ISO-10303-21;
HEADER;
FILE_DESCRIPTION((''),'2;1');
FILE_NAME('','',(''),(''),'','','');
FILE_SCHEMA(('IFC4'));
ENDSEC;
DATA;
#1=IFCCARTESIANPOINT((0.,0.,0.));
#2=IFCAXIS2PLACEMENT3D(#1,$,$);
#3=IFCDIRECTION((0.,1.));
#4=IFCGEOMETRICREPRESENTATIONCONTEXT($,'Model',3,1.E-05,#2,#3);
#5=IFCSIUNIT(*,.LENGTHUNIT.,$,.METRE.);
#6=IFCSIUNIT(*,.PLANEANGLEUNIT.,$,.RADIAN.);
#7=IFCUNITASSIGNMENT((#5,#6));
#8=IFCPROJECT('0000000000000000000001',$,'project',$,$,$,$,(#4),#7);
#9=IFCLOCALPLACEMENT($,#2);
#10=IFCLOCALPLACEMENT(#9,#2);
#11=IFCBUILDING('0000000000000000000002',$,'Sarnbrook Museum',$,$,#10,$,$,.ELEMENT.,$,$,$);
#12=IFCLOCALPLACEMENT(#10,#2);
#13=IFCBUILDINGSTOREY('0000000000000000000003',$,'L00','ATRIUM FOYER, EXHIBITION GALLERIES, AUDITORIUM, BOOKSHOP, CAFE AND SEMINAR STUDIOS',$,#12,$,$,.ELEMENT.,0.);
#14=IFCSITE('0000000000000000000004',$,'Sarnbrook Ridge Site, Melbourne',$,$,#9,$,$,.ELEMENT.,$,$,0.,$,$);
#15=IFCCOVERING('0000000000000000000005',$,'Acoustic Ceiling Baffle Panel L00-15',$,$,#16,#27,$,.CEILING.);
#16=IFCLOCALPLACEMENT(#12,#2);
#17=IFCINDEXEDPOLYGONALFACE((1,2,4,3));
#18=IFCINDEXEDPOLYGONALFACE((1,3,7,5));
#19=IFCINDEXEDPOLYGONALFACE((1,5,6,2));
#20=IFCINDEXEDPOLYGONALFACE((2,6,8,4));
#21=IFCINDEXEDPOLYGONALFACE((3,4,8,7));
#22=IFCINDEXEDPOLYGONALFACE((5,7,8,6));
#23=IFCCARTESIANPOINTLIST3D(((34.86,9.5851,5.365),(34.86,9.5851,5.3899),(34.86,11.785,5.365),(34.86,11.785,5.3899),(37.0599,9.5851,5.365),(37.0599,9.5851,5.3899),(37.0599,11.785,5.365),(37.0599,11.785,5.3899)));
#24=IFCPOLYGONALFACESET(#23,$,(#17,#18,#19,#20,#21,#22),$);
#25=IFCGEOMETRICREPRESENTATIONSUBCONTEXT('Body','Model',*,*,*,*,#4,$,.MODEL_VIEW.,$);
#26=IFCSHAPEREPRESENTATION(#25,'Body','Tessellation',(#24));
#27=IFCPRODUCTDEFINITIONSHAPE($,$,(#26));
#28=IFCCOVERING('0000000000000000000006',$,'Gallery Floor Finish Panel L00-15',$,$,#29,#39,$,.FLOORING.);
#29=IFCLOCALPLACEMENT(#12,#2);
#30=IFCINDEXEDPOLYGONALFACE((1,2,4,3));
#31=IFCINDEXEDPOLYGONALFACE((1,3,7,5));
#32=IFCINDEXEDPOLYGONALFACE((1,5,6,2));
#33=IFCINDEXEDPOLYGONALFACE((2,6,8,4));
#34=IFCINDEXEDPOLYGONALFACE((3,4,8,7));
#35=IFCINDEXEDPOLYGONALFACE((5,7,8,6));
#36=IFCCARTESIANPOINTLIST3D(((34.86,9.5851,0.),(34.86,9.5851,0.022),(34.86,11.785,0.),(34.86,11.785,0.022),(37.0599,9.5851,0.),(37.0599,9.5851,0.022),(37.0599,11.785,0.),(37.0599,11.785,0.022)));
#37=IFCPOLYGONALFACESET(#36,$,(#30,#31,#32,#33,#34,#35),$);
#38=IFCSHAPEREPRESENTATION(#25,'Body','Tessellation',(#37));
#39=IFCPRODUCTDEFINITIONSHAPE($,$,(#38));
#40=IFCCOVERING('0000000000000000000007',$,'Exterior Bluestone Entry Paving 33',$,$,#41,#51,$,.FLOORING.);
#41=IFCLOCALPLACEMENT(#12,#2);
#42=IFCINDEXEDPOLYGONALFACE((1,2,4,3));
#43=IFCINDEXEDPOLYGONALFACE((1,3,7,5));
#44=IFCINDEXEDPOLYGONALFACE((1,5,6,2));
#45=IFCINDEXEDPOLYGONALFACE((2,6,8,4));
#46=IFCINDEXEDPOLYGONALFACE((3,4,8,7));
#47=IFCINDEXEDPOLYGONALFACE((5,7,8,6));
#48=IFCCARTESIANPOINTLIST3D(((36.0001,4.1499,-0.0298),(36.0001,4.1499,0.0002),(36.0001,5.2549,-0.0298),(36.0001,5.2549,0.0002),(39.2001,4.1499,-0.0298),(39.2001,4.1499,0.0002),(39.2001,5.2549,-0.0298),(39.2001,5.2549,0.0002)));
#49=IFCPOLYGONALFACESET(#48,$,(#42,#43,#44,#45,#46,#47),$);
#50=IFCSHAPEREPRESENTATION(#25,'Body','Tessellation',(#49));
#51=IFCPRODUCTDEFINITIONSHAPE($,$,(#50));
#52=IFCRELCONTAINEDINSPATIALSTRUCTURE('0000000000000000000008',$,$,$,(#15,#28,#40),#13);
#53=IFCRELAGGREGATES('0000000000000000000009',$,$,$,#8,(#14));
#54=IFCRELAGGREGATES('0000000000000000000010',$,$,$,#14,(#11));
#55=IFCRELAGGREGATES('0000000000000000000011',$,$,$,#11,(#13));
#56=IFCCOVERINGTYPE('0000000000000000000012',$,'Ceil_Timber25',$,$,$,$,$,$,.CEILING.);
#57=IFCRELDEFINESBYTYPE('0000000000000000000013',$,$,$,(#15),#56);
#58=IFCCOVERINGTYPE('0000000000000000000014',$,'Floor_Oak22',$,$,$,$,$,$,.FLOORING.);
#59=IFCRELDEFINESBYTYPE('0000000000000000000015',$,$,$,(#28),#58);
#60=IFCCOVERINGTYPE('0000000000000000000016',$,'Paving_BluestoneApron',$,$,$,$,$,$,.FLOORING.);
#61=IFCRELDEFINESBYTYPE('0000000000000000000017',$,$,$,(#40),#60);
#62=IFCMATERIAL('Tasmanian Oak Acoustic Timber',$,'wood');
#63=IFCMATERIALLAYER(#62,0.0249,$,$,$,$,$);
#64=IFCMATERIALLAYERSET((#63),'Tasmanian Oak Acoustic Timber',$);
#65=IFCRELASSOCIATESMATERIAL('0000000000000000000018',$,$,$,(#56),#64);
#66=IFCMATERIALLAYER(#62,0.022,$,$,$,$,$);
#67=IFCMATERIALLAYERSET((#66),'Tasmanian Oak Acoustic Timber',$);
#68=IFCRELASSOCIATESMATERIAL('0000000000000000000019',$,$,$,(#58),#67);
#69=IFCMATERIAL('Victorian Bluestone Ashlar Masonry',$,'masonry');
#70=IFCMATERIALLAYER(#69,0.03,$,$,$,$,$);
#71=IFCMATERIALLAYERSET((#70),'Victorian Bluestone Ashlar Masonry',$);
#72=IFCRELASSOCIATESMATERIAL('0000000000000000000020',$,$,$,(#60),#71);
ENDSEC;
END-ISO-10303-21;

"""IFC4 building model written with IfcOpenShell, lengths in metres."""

from ifc_helpers import new_model, si_unit, direction, frame, origin, origin_2d, place, context, subcontext, project, spatial, rectangle, extrude, material, layer, layer_set, type_object, element, save


model = new_model("IFC4")

# Units and contexts
model_context = context("Model", 3, precision=1e-05, world=origin(), true_north=direction((0.0, 1.0)))
body_context = subcontext(model_context, "Body", "Model", "MODEL_VIEW")
ifc_project = project(units=[si_unit("LENGTHUNIT", "METRE"), si_unit("PLANEANGLEUNIT", "RADIAN")], contexts=[model_context])

# Site, building, storey
site_placement = place(None, origin())
site = spatial("IfcSite", under=ifc_project, at=site_placement, Name="Sarnbrook Ridge Site, Melbourne", CompositionType="ELEMENT", RefElevation=0.0)
building_placement = place(site_placement, origin())
building = spatial("IfcBuilding", under=site, at=building_placement, Name="Sarnbrook Museum", CompositionType="ELEMENT")
storey_placement = place(building_placement, origin())
storey = spatial("IfcBuildingStorey", under=building, at=storey_placement, Name="L00", Description="ATRIUM FOYER, EXHIBITION GALLERIES, AUDITORIUM, BOOKSHOP, CAFE AND SEMINAR STUDIOS", CompositionType="ELEMENT", Elevation=0.0)

# Coverings
ifc_material_1 = material(Name="Tasmanian Oak Acoustic Timber", Category="wood")
ifc_layer_1 = layer(ifc_material_1, 0.0249)
ifc_layer_set_1 = layer_set([ifc_layer_1], Name="Tasmanian Oak Acoustic Timber")
covering_type_1 = type_object("IfcCoveringType", Name="Ceil_Timber25", PredefinedType="CEILING", material=ifc_layer_set_1)
covering_1_placement = place(storey_placement, frame((35.96, 10.6851, 5.365), z_axis=(0.0, 0.0, 1.0), x_axis=(1.0, 0.0, 0.0)))
element("IfcCovering", 1, at=covering_1_placement, inside=storey, type_object=covering_type_1, Name="Acoustic Ceiling Baffle Panel L00-15", PredefinedType="CEILING", context=body_context, shape_type="SweptSolid", body=[
    extrude(rectangle(XDim=2.2, YDim=2.2, at=origin_2d()), origin(), (0.0, 0.0, 1.0), 0.0249),
])
ifc_layer_2 = layer(ifc_material_1, 0.022)
ifc_layer_set_2 = layer_set([ifc_layer_2], Name="Tasmanian Oak Acoustic Timber")
covering_type_2 = type_object("IfcCoveringType", Name="Floor_Oak22", PredefinedType="FLOORING", material=ifc_layer_set_2)
covering_2_placement = place(storey_placement, frame((35.96, 10.6851, 0.0), z_axis=(0.0, 0.0, 1.0), x_axis=(1.0, 0.0, 0.0)))
element("IfcCovering", 2, at=covering_2_placement, inside=storey, type_object=covering_type_2, Name="Gallery Floor Finish Panel L00-15", PredefinedType="FLOORING", context=body_context, shape_type="SweptSolid", body=[
    extrude(rectangle(XDim=2.2, YDim=2.2, at=origin_2d()), origin(), (0.0, 0.0, 1.0), 0.022),
])
ifc_material_2 = material(Name="Victorian Bluestone Ashlar Masonry", Category="masonry")
ifc_layer_3 = layer(ifc_material_2, 0.03)
ifc_layer_set_3 = layer_set([ifc_layer_3], Name="Victorian Bluestone Ashlar Masonry")
covering_type_3 = type_object("IfcCoveringType", Name="Paving_BluestoneApron", PredefinedType="FLOORING", material=ifc_layer_set_3)
covering_3_placement = place(storey_placement, frame((37.6001, 4.7024, -0.0298), z_axis=(0.0, 0.0, 1.0), x_axis=(1.0, 0.0, 0.0)))
element("IfcCovering", 3, at=covering_3_placement, inside=storey, type_object=covering_type_3, Name="Exterior Bluestone Entry Paving 33", PredefinedType="FLOORING", context=body_context, shape_type="SweptSolid", body=[
    extrude(rectangle(XDim=3.2, YDim=1.105, at=origin_2d()), origin(), (0.0, 0.0, 1.0), 0.03),
])

save(model, "model.ifc")
